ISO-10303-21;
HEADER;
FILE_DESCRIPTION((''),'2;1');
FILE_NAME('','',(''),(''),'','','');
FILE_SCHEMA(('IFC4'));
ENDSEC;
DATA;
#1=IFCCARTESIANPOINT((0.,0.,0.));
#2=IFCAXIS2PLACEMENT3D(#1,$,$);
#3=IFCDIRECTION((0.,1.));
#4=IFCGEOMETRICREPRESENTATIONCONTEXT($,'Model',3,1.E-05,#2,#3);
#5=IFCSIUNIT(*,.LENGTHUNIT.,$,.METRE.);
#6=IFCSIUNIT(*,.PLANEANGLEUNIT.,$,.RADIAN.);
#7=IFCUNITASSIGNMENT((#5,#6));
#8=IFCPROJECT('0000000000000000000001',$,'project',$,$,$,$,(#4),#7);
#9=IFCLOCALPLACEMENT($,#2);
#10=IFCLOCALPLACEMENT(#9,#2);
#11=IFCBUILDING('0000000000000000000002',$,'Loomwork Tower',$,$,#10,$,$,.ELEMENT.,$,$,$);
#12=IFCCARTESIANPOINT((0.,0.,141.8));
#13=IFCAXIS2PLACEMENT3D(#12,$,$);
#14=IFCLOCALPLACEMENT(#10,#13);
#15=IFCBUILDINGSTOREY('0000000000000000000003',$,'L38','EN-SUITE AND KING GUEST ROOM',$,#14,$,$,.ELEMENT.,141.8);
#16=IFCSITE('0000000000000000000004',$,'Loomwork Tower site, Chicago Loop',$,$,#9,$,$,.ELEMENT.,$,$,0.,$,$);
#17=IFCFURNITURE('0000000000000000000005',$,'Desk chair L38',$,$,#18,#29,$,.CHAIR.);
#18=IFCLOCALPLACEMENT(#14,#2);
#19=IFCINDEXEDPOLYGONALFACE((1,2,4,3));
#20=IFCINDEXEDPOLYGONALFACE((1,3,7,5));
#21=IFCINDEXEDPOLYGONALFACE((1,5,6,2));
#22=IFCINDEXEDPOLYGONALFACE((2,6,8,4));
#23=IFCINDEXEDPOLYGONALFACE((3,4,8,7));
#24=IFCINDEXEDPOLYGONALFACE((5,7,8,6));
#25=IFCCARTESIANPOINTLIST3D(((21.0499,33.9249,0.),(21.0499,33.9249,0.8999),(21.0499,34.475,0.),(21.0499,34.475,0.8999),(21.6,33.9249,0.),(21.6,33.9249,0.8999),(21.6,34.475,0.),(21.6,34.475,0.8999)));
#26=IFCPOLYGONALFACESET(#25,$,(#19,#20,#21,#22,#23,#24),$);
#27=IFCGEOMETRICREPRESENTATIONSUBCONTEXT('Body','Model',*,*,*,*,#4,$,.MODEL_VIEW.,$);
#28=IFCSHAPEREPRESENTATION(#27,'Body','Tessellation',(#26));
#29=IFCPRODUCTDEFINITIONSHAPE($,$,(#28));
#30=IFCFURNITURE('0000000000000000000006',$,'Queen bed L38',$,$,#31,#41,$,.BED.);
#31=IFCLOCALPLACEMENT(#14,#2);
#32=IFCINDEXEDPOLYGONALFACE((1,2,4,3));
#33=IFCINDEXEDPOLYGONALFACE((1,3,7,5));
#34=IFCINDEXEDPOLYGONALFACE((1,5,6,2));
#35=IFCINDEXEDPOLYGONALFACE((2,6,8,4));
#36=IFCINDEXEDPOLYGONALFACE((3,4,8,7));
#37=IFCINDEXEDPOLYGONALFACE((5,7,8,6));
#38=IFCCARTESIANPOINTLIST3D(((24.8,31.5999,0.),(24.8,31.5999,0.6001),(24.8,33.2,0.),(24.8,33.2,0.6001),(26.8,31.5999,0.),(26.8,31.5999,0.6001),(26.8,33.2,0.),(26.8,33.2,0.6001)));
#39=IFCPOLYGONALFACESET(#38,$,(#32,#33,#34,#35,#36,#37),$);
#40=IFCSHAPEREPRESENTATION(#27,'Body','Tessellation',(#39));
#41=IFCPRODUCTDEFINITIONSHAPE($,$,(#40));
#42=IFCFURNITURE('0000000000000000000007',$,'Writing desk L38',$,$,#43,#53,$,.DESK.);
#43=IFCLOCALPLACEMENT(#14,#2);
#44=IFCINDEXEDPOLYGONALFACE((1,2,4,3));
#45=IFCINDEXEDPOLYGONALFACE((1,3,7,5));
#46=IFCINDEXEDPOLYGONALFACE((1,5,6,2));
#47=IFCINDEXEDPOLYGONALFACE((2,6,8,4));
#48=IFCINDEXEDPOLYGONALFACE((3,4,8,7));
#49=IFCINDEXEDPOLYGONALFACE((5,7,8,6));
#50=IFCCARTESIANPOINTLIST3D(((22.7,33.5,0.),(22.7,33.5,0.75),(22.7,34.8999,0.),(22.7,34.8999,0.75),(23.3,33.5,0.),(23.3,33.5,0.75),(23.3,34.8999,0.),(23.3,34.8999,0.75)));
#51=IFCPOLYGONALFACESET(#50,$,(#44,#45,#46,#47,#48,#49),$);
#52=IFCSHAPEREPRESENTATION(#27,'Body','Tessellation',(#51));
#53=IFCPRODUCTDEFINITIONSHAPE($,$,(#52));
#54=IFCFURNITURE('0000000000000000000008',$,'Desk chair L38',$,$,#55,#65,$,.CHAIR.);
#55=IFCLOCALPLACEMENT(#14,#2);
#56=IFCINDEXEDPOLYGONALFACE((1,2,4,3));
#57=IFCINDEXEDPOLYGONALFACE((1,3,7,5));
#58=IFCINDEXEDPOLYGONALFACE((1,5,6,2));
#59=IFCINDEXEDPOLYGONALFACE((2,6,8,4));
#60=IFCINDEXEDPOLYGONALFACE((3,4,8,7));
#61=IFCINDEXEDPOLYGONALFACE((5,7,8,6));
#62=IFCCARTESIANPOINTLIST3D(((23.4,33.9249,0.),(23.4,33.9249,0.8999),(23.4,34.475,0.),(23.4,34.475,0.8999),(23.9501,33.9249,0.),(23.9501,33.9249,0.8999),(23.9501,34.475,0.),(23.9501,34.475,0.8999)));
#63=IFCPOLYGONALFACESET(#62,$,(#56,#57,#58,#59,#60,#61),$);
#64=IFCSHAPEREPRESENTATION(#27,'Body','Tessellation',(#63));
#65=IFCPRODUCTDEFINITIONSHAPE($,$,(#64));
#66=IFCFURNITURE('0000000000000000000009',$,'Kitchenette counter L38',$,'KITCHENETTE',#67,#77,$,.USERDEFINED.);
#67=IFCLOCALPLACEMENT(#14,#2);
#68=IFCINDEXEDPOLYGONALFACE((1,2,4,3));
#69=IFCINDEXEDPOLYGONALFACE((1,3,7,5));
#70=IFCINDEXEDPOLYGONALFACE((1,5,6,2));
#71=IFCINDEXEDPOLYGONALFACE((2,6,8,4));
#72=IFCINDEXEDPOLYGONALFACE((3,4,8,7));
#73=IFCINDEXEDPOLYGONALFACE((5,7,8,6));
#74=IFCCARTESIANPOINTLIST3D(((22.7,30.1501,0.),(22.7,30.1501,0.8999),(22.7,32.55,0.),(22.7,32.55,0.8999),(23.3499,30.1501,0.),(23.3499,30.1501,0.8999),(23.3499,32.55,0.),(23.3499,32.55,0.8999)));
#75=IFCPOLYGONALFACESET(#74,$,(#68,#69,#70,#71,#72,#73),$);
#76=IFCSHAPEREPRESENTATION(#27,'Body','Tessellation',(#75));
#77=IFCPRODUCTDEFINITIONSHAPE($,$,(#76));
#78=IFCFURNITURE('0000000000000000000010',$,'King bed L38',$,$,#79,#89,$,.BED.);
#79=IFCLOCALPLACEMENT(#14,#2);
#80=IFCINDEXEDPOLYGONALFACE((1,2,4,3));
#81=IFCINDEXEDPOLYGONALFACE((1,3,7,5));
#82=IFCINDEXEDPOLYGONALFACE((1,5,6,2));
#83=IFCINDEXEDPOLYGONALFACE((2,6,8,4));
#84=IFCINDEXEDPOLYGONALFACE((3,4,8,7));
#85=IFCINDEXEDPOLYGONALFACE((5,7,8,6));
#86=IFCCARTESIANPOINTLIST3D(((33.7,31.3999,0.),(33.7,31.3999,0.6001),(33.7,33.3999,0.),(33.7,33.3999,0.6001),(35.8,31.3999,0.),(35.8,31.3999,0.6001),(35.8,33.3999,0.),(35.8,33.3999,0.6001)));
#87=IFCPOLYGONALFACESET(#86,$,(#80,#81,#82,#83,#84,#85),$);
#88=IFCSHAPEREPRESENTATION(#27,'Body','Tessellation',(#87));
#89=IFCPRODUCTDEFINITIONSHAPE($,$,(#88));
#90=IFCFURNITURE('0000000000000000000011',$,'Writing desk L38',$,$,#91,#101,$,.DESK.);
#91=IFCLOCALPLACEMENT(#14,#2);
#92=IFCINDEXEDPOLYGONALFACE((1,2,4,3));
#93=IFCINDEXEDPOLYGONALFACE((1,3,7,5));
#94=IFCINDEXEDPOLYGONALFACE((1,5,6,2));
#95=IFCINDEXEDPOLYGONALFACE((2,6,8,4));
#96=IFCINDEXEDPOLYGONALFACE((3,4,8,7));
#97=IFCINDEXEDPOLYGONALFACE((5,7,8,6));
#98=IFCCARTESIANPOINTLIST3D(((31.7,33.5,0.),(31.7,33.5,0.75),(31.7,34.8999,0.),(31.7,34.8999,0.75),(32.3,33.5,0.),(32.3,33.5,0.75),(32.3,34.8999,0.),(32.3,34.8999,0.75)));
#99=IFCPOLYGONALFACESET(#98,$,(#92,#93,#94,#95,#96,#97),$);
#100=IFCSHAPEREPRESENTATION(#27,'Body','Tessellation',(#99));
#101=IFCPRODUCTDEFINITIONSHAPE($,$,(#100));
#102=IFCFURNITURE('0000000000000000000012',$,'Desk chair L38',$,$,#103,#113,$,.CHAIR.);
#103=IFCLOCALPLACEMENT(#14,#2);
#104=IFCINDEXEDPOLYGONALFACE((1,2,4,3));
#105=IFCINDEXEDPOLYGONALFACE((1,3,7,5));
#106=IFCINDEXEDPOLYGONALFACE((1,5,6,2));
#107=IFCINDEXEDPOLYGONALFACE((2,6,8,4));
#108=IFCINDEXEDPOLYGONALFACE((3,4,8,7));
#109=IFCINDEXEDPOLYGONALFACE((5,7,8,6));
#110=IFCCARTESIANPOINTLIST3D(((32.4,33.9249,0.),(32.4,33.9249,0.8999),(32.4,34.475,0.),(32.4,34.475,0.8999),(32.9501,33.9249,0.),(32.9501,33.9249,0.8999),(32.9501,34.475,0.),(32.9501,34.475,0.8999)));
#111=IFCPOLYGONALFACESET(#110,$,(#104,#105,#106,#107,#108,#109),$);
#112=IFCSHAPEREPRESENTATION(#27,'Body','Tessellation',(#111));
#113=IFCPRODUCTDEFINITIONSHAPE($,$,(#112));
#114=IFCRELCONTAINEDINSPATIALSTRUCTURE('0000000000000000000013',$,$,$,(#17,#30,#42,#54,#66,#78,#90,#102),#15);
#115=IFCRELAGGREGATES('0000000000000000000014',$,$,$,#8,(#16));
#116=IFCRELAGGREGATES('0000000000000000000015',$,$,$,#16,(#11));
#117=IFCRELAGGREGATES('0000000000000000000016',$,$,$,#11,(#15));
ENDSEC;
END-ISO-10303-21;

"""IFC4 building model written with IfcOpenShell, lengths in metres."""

from ifc_helpers import new_model, si_unit, direction, frame, origin, origin_2d, place, context, subcontext, project, spatial, rectangle, extrude, element, save


model = new_model("IFC4")

# Units and contexts
model_context = context("Model", 3, precision=1e-05, world=origin(), true_north=direction((0.0, 1.0)))
body_context = subcontext(model_context, "Body", "Model", "MODEL_VIEW")
ifc_project = project(units=[si_unit("LENGTHUNIT", "METRE"), si_unit("PLANEANGLEUNIT", "RADIAN")], contexts=[model_context])

# Site, building, storey
site_placement = place(None, origin())
site = spatial("IfcSite", under=ifc_project, at=site_placement, Name="Loomwork Tower site, Chicago Loop", CompositionType="ELEMENT", RefElevation=0.0)
building_placement = place(site_placement, origin())
building = spatial("IfcBuilding", under=site, at=building_placement, Name="Loomwork Tower", CompositionType="ELEMENT")
storey_placement = place(building_placement, frame((0.0, 0.0, 141.8)))
storey = spatial("IfcBuildingStorey", under=building, at=storey_placement, Name="L38", Description="EN-SUITE AND KING GUEST ROOM", CompositionType="ELEMENT", Elevation=141.8)

# Furniture
furniture_1_placement = place(storey_placement, frame((21.325, 34.2, 0.0), z_axis=(0.0, 0.0, 1.0), x_axis=(1.0, 0.0, 0.0)))
element("IfcFurniture", 1, at=furniture_1_placement, inside=storey, Name="Desk chair L38", PredefinedType="CHAIR", context=body_context, shape_type="SweptSolid", body=[
    extrude(rectangle(XDim=0.55, YDim=0.55, at=origin_2d()), origin(), (0.0, 0.0, 1.0), 0.8999),
])
furniture_2_placement = place(storey_placement, frame((25.8, 32.3999, 0.0), z_axis=(0.0, 0.0, 1.0), x_axis=(1.0, 0.0, 0.0)))
element("IfcFurniture", 2, at=furniture_2_placement, inside=storey, Name="Queen bed L38", PredefinedType="BED", context=body_context, shape_type="SweptSolid", body=[
    extrude(rectangle(XDim=2.0, YDim=1.6001, at=origin_2d()), origin(), (0.0, 0.0, 1.0), 0.6001),
])
furniture_3_placement = place(storey_placement, frame((23.0, 34.2, 0.0), z_axis=(0.0, 0.0, 1.0), x_axis=(1.0, 0.0, 0.0)))
element("IfcFurniture", 3, at=furniture_3_placement, inside=storey, Name="Writing desk L38", PredefinedType="DESK", context=body_context, shape_type="SweptSolid", body=[
    extrude(rectangle(XDim=0.6001, YDim=1.3999, at=origin_2d()), origin(), (0.0, 0.0, 1.0), 0.75),
])
furniture_4_placement = place(storey_placement, frame((23.675, 34.2, 0.0), z_axis=(0.0, 0.0, 1.0), x_axis=(1.0, 0.0, 0.0)))
element("IfcFurniture", 4, at=furniture_4_placement, inside=storey, Name="Desk chair L38", PredefinedType="CHAIR", context=body_context, shape_type="SweptSolid", body=[
    extrude(rectangle(XDim=0.55, YDim=0.55, at=origin_2d()), origin(), (0.0, 0.0, 1.0), 0.8999),
])
furniture_5_placement = place(storey_placement, frame((23.0249, 31.3501, 0.0), z_axis=(0.0, 0.0, 1.0), x_axis=(1.0, 0.0, 0.0)))
element("IfcFurniture", 5, at=furniture_5_placement, inside=storey, Name="Kitchenette counter L38", ObjectType="KITCHENETTE", PredefinedType="USERDEFINED", context=body_context, shape_type="SweptSolid", body=[
    extrude(rectangle(XDim=0.6499, YDim=2.3999, at=origin_2d()), origin(), (0.0, 0.0, 1.0), 0.8999),
])
furniture_6_placement = place(storey_placement, frame((34.75, 32.3999, 0.0), z_axis=(0.0, 0.0, 1.0), x_axis=(1.0, 0.0, 0.0)))
element("IfcFurniture", 6, at=furniture_6_placement, inside=storey, Name="King bed L38", PredefinedType="BED", context=body_context, shape_type="SweptSolid", body=[
    extrude(rectangle(XDim=2.1001, YDim=2.0, at=origin_2d()), origin(), (0.0, 0.0, 1.0), 0.6001),
])
furniture_7_placement = place(storey_placement, frame((32.0, 34.2, 0.0), z_axis=(0.0, 0.0, 1.0), x_axis=(1.0, 0.0, 0.0)))
element("IfcFurniture", 7, at=furniture_7_placement, inside=storey, Name="Writing desk L38", PredefinedType="DESK", context=body_context, shape_type="SweptSolid", body=[
    extrude(rectangle(XDim=0.6001, YDim=1.3999, at=origin_2d()), origin(), (0.0, 0.0, 1.0), 0.75),
])
furniture_8_placement = place(storey_placement, frame((32.675, 34.2, 0.0), z_axis=(0.0, 0.0, 1.0), x_axis=(1.0, 0.0, 0.0)))
element("IfcFurniture", 8, at=furniture_8_placement, inside=storey, Name="Desk chair L38", PredefinedType="CHAIR", context=body_context, shape_type="SweptSolid", body=[
    extrude(rectangle(XDim=0.55, YDim=0.55, at=origin_2d()), origin(), (0.0, 0.0, 1.0), 0.8999),
])

save(model, "model.ifc")
